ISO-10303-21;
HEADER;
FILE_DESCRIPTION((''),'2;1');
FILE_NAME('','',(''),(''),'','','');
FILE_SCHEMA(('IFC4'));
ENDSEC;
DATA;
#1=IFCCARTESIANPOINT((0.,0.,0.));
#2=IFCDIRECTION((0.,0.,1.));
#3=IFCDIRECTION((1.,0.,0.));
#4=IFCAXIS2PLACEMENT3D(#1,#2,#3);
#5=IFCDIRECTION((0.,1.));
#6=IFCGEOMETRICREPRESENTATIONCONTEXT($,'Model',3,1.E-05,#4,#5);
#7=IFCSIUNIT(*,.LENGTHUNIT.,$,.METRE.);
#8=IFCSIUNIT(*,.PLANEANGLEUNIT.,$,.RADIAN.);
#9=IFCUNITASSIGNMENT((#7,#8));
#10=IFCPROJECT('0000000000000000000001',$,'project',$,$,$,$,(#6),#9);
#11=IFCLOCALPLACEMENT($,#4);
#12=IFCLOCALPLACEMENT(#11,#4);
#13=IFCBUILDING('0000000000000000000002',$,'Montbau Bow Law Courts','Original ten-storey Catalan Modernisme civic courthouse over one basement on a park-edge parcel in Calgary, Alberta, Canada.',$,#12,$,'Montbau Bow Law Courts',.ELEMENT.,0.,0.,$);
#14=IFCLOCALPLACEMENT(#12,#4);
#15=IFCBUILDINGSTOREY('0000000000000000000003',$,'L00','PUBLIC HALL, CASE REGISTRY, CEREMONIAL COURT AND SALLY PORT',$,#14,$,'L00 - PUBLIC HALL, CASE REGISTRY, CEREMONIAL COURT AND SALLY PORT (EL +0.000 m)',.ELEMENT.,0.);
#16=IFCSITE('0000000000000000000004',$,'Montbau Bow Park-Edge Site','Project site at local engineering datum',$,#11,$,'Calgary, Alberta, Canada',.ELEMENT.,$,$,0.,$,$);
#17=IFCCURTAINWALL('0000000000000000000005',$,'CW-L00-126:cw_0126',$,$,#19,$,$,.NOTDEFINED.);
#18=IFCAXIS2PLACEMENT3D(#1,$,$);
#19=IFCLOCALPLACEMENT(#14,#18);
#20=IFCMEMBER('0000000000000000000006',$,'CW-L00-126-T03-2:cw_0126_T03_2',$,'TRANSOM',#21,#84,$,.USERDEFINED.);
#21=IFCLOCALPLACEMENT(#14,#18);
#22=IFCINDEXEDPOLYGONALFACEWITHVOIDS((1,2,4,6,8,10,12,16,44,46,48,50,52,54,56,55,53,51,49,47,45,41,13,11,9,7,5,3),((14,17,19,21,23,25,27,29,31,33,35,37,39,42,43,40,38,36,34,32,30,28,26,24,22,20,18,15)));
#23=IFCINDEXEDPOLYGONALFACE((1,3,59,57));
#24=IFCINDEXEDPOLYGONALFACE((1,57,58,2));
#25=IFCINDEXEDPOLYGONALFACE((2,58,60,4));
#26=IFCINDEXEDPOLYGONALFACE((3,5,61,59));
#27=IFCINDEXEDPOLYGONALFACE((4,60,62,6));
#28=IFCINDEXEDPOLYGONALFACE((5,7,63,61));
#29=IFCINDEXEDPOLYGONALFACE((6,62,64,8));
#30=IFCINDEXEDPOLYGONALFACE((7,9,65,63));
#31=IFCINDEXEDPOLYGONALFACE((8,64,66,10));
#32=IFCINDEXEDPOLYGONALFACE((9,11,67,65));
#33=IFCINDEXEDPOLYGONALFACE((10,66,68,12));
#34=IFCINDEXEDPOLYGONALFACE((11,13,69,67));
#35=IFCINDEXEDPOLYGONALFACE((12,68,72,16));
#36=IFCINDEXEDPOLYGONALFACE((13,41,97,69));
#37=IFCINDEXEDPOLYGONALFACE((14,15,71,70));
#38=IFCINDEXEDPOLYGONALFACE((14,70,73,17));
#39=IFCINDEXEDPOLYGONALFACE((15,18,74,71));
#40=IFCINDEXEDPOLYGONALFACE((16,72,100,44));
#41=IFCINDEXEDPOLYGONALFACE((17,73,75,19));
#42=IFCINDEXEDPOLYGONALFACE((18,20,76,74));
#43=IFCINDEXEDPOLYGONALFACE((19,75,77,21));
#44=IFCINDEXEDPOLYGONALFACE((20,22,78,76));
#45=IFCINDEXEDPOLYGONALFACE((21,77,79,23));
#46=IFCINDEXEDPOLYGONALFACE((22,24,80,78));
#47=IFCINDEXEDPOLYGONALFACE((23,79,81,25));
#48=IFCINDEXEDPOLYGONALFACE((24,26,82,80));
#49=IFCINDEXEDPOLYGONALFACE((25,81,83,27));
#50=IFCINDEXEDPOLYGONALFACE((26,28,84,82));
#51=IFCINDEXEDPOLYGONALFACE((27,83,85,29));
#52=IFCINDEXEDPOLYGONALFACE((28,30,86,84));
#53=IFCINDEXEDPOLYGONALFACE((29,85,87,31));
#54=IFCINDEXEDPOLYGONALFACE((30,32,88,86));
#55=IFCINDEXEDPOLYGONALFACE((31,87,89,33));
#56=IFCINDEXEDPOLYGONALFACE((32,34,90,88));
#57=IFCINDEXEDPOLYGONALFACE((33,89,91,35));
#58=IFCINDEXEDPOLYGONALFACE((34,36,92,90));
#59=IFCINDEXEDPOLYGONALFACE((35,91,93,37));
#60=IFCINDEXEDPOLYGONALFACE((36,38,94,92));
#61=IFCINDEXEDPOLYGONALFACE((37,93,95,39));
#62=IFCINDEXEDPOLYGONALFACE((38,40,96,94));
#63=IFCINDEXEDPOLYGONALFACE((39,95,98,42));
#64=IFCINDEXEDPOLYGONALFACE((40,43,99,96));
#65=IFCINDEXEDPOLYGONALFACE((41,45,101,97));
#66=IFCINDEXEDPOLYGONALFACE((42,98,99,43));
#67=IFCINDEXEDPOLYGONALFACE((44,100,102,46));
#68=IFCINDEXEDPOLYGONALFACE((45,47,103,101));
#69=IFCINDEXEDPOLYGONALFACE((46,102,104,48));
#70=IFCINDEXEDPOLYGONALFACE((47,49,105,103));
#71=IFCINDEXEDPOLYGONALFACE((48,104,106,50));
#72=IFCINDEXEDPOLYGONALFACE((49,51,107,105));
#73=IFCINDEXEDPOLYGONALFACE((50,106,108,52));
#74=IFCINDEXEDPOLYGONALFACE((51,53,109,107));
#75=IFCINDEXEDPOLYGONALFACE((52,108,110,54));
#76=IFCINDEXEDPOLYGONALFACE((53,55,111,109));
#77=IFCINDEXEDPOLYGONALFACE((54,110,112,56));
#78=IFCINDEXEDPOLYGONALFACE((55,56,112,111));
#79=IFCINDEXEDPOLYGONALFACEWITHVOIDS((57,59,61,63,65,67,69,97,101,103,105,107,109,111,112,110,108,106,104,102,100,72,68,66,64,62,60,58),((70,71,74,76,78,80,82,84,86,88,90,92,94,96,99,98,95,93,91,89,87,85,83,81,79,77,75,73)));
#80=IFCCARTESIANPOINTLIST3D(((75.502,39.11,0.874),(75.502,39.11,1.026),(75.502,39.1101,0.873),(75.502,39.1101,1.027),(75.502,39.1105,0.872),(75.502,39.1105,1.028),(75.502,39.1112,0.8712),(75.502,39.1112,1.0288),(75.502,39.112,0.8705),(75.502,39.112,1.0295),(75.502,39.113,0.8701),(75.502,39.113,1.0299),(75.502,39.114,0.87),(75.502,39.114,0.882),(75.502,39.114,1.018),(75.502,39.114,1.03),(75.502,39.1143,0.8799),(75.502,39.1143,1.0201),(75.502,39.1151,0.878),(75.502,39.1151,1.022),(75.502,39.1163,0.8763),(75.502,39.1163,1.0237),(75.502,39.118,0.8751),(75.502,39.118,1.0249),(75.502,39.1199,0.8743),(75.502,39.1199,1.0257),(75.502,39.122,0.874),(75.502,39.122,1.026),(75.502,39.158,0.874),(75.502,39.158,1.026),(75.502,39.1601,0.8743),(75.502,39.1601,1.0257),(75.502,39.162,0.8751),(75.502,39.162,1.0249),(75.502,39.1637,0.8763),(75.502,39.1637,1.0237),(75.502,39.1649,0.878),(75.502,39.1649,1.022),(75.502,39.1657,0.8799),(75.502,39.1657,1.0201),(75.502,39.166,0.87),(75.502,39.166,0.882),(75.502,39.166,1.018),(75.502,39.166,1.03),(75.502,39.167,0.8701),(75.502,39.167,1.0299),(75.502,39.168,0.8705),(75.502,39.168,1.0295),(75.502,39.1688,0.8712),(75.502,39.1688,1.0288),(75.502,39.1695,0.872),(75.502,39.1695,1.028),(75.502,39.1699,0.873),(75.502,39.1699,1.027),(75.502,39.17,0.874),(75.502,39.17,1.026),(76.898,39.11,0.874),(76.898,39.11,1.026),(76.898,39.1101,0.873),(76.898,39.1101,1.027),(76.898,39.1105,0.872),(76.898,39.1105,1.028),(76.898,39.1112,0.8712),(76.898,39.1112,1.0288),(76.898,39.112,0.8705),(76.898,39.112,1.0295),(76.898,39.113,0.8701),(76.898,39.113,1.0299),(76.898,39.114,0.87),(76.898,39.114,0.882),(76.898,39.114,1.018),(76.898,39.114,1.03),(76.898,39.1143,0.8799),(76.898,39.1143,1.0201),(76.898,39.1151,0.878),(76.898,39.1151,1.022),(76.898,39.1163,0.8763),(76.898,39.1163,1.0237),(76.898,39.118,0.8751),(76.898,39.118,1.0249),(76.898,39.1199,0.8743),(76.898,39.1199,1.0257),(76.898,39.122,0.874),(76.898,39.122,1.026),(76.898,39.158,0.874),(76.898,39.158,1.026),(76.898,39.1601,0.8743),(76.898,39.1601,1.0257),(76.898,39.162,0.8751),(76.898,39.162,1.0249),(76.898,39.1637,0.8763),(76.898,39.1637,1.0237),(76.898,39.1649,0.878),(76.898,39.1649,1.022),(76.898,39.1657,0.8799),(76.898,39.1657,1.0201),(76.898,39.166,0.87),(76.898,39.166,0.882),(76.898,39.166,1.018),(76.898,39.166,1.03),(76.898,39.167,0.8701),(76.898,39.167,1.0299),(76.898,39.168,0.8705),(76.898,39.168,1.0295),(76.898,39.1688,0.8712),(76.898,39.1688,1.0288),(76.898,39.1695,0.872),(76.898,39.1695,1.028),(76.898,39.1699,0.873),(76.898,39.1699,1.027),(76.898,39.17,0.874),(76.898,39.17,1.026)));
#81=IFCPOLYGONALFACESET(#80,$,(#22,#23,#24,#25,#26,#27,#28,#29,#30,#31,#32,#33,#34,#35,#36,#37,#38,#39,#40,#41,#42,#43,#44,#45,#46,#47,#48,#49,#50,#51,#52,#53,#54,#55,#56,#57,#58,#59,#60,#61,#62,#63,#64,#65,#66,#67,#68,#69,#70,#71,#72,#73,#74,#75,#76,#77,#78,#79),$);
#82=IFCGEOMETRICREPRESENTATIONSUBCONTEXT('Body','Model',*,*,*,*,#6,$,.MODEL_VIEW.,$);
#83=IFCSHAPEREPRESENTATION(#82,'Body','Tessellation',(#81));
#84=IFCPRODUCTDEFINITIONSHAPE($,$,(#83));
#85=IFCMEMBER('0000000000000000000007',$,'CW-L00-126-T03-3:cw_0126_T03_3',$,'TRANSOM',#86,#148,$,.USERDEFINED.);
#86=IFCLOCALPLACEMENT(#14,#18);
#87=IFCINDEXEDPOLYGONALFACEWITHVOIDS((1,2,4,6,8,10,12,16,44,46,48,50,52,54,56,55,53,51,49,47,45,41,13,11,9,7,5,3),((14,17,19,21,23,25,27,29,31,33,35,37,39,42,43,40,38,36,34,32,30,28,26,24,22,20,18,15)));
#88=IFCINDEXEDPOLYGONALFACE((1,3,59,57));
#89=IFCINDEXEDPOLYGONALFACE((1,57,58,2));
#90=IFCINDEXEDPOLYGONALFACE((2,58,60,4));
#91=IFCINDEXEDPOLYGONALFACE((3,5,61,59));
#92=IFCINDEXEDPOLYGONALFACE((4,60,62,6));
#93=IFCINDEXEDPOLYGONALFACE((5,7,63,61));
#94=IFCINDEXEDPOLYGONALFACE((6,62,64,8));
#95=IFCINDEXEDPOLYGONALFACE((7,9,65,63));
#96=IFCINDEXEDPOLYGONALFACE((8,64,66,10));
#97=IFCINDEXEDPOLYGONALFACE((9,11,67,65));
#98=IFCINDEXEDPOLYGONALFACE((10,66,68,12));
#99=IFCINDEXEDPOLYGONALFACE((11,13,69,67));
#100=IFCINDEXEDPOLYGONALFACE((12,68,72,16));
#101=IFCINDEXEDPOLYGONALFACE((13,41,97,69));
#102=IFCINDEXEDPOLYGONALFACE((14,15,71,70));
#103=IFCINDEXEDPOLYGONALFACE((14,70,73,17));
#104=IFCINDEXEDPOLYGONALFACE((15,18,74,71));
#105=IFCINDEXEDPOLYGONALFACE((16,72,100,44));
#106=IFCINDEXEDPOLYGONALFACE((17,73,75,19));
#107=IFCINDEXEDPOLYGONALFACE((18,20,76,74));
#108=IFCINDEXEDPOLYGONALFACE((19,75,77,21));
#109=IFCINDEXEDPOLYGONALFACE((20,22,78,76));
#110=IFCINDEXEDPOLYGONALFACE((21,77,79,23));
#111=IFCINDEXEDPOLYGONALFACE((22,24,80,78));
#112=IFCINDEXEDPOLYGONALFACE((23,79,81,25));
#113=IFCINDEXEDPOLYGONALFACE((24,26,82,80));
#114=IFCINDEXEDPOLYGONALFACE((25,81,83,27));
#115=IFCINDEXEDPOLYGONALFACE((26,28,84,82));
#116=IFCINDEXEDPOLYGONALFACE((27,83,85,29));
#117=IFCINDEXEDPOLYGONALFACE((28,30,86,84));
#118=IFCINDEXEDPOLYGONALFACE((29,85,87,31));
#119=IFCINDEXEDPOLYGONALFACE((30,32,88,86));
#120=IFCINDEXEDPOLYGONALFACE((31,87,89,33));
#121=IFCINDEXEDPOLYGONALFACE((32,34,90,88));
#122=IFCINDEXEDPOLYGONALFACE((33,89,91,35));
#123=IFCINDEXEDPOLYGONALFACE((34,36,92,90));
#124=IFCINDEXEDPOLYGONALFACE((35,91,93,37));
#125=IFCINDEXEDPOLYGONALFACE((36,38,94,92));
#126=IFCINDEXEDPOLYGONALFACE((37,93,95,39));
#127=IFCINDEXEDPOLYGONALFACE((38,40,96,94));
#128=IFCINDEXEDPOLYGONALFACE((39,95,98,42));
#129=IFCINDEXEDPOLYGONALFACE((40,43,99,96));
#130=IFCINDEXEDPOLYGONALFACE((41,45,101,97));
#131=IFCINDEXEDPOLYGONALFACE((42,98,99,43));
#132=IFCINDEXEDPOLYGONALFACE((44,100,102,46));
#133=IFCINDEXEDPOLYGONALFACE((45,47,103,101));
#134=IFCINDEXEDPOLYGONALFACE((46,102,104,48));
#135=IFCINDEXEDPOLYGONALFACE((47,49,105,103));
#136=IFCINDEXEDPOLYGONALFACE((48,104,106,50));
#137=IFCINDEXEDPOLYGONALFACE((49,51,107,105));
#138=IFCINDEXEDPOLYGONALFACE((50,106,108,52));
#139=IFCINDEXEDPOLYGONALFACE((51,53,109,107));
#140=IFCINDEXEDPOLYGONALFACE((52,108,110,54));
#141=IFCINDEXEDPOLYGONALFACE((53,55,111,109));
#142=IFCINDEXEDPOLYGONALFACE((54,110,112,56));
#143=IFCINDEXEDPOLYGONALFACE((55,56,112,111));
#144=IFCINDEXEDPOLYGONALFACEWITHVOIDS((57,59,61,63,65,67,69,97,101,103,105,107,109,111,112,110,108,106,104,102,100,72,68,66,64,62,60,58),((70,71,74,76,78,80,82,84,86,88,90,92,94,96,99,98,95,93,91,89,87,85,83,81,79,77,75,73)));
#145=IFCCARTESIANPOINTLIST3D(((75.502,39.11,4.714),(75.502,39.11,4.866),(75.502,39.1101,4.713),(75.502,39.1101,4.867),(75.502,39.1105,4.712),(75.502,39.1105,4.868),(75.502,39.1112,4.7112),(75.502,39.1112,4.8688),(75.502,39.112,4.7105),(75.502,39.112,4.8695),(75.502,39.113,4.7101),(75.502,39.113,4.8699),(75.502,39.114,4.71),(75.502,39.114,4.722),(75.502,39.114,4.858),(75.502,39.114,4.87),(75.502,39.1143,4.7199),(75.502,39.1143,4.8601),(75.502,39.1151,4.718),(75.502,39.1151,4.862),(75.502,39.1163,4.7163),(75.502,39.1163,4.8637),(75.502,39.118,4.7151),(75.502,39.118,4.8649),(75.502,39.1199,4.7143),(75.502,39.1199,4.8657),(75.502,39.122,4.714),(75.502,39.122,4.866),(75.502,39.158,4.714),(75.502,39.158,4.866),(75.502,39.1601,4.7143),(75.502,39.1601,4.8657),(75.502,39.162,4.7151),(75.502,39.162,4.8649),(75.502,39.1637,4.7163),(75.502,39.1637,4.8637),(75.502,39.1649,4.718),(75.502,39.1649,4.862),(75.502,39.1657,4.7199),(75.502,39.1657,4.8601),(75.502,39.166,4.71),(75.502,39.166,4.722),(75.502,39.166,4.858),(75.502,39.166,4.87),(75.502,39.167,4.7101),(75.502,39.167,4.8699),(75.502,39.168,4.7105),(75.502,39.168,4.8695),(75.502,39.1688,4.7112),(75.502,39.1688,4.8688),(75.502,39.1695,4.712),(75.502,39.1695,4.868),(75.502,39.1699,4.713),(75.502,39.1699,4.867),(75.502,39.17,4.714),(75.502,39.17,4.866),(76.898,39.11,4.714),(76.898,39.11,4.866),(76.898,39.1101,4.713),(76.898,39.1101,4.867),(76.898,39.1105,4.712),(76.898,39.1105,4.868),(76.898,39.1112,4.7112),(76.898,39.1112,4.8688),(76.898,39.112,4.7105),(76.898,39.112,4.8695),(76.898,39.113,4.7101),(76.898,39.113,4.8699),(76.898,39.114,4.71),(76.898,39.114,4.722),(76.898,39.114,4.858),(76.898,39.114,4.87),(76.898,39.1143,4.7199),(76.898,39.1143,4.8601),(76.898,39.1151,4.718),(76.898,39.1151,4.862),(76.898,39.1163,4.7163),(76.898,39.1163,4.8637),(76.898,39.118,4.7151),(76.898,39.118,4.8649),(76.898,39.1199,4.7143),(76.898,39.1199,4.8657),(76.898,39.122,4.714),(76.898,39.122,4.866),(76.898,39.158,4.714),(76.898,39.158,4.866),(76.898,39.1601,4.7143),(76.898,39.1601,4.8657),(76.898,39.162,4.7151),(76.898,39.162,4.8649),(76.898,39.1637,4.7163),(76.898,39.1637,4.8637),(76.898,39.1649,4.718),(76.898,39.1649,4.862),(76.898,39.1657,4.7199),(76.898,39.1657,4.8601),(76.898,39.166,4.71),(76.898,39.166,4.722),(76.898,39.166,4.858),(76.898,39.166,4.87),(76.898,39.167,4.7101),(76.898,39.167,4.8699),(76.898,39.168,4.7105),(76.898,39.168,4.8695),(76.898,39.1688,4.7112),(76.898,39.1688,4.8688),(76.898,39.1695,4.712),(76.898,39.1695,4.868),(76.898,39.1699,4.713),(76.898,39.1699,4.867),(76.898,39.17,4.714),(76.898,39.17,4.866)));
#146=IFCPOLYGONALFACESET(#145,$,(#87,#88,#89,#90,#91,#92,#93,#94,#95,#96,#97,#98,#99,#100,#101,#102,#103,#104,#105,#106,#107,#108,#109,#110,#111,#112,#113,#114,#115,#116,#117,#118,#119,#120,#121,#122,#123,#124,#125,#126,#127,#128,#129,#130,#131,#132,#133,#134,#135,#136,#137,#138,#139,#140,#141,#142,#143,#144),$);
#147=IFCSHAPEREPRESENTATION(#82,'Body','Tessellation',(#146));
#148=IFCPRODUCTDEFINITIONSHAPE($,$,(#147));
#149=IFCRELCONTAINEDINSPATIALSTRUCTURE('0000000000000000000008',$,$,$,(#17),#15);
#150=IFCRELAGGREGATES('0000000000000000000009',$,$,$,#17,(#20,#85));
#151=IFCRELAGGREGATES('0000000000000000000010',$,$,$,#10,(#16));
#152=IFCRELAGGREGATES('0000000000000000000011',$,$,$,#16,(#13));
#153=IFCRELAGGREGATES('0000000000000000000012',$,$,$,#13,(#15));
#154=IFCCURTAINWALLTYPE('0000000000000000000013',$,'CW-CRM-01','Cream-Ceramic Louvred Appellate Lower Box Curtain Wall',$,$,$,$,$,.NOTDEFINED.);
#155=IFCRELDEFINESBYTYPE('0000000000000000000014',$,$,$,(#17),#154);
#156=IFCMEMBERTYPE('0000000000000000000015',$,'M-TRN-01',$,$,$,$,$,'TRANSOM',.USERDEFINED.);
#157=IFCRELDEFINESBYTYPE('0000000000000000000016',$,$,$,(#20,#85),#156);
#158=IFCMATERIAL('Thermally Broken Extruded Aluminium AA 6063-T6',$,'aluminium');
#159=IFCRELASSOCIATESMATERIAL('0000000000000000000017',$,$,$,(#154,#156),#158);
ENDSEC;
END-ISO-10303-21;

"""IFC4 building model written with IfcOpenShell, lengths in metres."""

from ifc_helpers import new_model, si_unit, direction, frame, origin_with_axes, origin_2d_with_axis, place, context, subcontext, project, spatial, hollow_rectangle, extrude, material, material_profile, profile_set, type_object, element, aggregate, save


model = new_model("IFC4")

# Units and contexts
model_context = context("Model", 3, precision=1e-05, world=origin_with_axes(), true_north=direction((0.0, 1.0)))
body_context = subcontext(model_context, "Body", "Model", "MODEL_VIEW")
ifc_project = project(units=[si_unit("LENGTHUNIT", "METRE"), si_unit("PLANEANGLEUNIT", "RADIAN")], contexts=[model_context])

# Site, building, storey
site_placement = place(None, origin_with_axes())
site = spatial("IfcSite", under=ifc_project, at=site_placement, Name="Montbau Bow Park-Edge Site", Description="Project site at local engineering datum", LongName="Calgary, Alberta, Canada", CompositionType="ELEMENT", RefElevation=0.0)
building_placement = place(site_placement, origin_with_axes())
building = spatial("IfcBuilding", under=site, at=building_placement, Name="Montbau Bow Law Courts", Description="Original ten-storey Catalan Modernisme civic courthouse over one basement on a park-edge parcel in Calgary, Alberta, Canada.", LongName="Montbau Bow Law Courts", CompositionType="ELEMENT", ElevationOfRefHeight=0.0, ElevationOfTerrain=0.0)
storey_placement = place(building_placement, origin_with_axes())
storey = spatial("IfcBuildingStorey", under=building, at=storey_placement, Name="L00", Description="PUBLIC HALL, CASE REGISTRY, CEREMONIAL COURT AND SALLY PORT", LongName="L00 - PUBLIC HALL, CASE REGISTRY, CEREMONIAL COURT AND SALLY PORT (EL +0.000 m)", CompositionType="ELEMENT", Elevation=0.0)

# Curtain wall, members
ifc_material_1 = material(Name="Thermally Broken Extruded Aluminium AA 6063-T6", Category="aluminium")
curtain_wall_type = type_object("IfcCurtainWallType", Name="CW-CRM-01", Description="Cream-Ceramic Louvred Appellate Lower Box Curtain Wall", PredefinedType="NOTDEFINED", material=ifc_material_1)
curtain_wall_placement = place(None, frame((72.515, 39.14, 0.0), z_axis=(0.0, 0.0, 1.0), x_axis=(1.0, 0.0, 0.0)))
curtain_wall = element("IfcCurtainWall", 1, at=curtain_wall_placement, inside=storey, type_object=curtain_wall_type, Name="CW-L00-126:cw_0126", PredefinedType="NOTDEFINED")
ifc_material_profile_1 = material_profile(ifc_material_1, hollow_rectangle(XDim=0.06, YDim=0.16, WallThickness=0.004, InnerFilletRadius=0.008, OuterFilletRadius=0.004, at=origin_2d_with_axis()), Name="CWT-160X60", Category="Main", Priority=0)
ifc_profile_set_1 = profile_set([ifc_material_profile_1], Name="Thermally Broken Extruded Aluminium AA 6063-T6")
member_type_1 = type_object("IfcMemberType", Name="M-TRN-01", ElementType="TRANSOM", PredefinedType="USERDEFINED", material=ifc_profile_set_1)
member_1_placement = place(None, frame((75.502, 39.14, 0.95), z_axis=(1.0, 0.0, 0.0), x_axis=(0.0, 1.0, 0.0)))
member_1 = element("IfcMember", 2, at=member_1_placement, type_object=member_type_1, Name="CW-L00-126-T03-2:cw_0126_T03_2", ObjectType="TRANSOM", PredefinedType="USERDEFINED", context=body_context, shape_type="SweptSolid", body=[
    extrude(hollow_rectangle(XDim=0.06, YDim=0.16, WallThickness=0.004, InnerFilletRadius=0.008, OuterFilletRadius=0.004, at=origin_2d_with_axis()), origin_with_axes(), (0.0, 0.0, 1.0), 1.396),
])
member_2_placement = place(None, frame((75.502, 39.14, 4.79), z_axis=(1.0, 0.0, 0.0), x_axis=(0.0, 1.0, 0.0)))
member_2 = element("IfcMember", 3, at=member_2_placement, type_object=member_type_1, Name="CW-L00-126-T03-3:cw_0126_T03_3", ObjectType="TRANSOM", PredefinedType="USERDEFINED", context=body_context, shape_type="SweptSolid", body=[
    extrude(hollow_rectangle(XDim=0.06, YDim=0.16, WallThickness=0.004, InnerFilletRadius=0.008, OuterFilletRadius=0.004, at=origin_2d_with_axis()), origin_with_axes(), (0.0, 0.0, 1.0), 1.396),
])
aggregate(curtain_wall, [member_1, member_2])

save(model, "model.ifc")
